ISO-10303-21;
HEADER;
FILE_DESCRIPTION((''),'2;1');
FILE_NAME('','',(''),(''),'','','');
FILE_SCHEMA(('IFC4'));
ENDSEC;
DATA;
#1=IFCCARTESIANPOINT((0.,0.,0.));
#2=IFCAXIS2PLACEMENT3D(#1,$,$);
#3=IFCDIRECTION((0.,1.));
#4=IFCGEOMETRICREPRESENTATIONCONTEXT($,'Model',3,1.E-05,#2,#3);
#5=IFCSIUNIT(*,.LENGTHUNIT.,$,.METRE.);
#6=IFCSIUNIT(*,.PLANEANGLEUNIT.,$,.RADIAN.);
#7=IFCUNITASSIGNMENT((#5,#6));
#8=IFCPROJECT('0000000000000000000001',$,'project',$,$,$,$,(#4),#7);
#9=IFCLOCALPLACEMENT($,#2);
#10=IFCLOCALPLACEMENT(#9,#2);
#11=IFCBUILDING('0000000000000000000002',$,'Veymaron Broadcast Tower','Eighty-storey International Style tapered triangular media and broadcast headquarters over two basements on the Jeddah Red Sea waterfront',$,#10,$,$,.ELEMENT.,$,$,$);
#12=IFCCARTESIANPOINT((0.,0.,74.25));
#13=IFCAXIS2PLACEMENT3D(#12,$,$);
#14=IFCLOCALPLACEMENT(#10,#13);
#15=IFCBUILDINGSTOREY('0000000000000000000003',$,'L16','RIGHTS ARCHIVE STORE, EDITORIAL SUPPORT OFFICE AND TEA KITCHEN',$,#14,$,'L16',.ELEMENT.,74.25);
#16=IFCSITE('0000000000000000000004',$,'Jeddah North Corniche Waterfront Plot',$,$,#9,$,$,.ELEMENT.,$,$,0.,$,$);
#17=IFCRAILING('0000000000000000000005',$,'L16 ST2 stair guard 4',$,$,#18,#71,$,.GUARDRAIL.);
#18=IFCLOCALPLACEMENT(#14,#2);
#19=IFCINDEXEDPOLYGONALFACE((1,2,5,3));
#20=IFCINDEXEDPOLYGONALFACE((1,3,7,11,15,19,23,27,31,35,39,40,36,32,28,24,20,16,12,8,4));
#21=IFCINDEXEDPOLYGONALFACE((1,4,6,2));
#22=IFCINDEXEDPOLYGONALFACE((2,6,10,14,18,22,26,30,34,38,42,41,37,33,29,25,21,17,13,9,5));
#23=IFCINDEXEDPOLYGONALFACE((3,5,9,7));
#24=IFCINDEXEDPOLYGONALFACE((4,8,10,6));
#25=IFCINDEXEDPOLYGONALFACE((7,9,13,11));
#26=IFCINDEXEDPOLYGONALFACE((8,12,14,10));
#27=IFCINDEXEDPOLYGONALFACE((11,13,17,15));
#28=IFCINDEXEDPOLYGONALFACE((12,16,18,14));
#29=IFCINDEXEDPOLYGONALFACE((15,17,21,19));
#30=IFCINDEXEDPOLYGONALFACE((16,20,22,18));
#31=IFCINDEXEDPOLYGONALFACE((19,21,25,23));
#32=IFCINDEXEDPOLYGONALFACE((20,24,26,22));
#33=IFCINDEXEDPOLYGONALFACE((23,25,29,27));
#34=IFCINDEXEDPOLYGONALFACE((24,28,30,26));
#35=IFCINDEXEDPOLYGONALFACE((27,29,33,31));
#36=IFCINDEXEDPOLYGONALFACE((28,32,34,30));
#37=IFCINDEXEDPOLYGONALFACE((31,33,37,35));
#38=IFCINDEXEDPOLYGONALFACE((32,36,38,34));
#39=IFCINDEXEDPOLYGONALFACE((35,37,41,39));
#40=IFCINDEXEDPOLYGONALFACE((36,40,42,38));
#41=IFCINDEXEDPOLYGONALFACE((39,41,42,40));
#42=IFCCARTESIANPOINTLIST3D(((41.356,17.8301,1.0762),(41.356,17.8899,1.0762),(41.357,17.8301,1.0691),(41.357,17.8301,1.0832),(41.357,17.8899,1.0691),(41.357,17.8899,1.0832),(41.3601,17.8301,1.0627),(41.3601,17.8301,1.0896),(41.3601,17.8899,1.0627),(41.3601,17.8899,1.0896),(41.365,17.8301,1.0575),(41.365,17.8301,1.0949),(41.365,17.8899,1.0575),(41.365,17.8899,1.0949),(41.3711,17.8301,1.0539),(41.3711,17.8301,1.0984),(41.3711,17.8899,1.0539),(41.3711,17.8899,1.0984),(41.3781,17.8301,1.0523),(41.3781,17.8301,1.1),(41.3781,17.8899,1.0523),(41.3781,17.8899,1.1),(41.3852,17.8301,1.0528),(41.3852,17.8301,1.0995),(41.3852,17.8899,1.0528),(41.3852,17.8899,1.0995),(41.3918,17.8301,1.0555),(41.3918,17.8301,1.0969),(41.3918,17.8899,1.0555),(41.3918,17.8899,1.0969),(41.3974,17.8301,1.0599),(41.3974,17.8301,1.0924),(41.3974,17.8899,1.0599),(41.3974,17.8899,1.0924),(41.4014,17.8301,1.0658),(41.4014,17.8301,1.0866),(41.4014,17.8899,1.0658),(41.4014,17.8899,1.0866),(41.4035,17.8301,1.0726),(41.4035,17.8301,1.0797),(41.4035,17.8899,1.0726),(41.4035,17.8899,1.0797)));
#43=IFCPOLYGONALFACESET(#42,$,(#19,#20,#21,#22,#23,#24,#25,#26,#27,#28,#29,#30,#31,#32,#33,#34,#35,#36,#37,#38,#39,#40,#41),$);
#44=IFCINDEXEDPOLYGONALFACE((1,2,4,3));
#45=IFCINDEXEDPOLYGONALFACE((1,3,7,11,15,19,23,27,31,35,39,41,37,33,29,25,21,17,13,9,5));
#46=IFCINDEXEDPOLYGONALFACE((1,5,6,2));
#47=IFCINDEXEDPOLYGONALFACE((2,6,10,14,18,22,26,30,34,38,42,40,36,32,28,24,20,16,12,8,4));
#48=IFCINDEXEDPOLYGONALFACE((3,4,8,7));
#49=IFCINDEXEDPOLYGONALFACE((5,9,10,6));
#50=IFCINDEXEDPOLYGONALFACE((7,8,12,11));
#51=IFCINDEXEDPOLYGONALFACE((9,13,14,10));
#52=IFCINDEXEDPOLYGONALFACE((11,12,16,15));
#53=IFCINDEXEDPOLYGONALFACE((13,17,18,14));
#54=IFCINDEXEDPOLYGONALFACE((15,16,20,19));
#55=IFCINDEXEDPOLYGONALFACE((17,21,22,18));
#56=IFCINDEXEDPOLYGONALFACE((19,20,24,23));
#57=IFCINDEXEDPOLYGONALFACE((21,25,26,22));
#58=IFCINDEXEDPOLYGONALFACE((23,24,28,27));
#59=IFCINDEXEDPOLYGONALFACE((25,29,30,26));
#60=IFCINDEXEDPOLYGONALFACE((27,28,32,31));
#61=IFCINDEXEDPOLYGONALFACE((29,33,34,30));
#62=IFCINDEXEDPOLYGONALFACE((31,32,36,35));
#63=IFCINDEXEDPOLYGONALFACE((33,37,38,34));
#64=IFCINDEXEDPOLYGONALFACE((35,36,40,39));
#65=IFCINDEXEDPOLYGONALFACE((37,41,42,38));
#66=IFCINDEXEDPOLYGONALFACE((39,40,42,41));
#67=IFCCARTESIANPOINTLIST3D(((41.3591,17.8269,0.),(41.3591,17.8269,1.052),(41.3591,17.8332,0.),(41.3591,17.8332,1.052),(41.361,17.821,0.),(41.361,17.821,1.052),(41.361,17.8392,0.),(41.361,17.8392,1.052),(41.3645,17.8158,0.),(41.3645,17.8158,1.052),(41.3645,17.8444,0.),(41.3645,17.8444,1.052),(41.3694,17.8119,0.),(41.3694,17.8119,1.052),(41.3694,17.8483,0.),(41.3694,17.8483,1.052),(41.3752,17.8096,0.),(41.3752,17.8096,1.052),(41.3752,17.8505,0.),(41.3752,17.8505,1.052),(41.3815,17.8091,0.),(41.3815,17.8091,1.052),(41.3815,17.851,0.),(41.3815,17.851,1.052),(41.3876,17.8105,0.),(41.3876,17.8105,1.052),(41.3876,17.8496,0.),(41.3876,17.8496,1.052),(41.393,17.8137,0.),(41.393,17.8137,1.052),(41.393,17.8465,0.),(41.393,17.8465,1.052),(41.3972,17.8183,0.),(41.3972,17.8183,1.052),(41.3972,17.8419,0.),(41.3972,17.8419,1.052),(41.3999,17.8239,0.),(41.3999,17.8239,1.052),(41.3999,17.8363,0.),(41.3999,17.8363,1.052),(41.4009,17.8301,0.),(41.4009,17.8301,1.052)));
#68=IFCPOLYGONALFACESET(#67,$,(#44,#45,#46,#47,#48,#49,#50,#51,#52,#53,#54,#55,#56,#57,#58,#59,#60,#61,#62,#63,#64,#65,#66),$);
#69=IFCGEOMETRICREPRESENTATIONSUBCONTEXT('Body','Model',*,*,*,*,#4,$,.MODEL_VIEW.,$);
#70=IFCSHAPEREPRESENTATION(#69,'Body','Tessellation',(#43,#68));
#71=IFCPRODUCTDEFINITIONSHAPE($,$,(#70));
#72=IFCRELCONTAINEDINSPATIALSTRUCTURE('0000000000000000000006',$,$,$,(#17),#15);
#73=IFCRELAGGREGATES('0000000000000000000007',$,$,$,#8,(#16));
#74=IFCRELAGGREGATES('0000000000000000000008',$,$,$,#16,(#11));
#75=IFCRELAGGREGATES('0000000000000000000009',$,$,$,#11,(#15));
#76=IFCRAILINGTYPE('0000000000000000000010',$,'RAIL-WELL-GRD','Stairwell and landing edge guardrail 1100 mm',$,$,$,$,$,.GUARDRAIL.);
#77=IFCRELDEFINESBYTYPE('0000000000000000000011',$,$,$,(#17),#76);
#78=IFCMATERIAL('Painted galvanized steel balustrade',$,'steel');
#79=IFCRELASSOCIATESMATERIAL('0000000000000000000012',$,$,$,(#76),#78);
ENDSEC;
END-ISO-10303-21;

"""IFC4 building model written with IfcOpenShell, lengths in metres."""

from ifc_helpers import new_model, si_unit, direction, frame, origin, origin_2d, place, context, subcontext, project, spatial, circle, extrude, material, type_object, element, save


model = new_model("IFC4")

# Units and contexts
model_context = context("Model", 3, precision=1e-05, world=origin(), true_north=direction((0.0, 1.0)))
body_context = subcontext(model_context, "Body", "Model", "MODEL_VIEW")
ifc_project = project(units=[si_unit("LENGTHUNIT", "METRE"), si_unit("PLANEANGLEUNIT", "RADIAN")], contexts=[model_context])

# Site, building, storey
site_placement = place(None, origin())
site = spatial("IfcSite", under=ifc_project, at=site_placement, Name="Jeddah North Corniche Waterfront Plot", CompositionType="ELEMENT", RefElevation=0.0)
building_placement = place(site_placement, origin())
building = spatial("IfcBuilding", under=site, at=building_placement, Name="Veymaron Broadcast Tower", Description="Eighty-storey International Style tapered triangular media and broadcast headquarters over two basements on the Jeddah Red Sea waterfront", CompositionType="ELEMENT")
storey_placement = place(building_placement, frame((0.0, 0.0, 74.25)))
storey = spatial("IfcBuildingStorey", under=building, at=storey_placement, Name="L16", Description="RIGHTS ARCHIVE STORE, EDITORIAL SUPPORT OFFICE AND TEA KITCHEN", LongName="L16", CompositionType="ELEMENT", Elevation=74.25)

# Railing
ifc_material_1 = material(Name="Painted galvanized steel balustrade", Category="steel")
railing_type_1 = type_object("IfcRailingType", Name="RAIL-WELL-GRD", Description="Stairwell and landing edge guardrail 1100 mm", PredefinedType="GUARDRAIL", material=ifc_material_1)
railing_1_placement = place(storey_placement, frame((41.3799, 17.8301, 0.0)))
element("IfcRailing", 1, at=railing_1_placement, inside=storey, type_object=railing_type_1, Name="L16 ST2 stair guard 4", PredefinedType="GUARDRAIL", context=body_context, shape_type="SweptSolid", body=[
    extrude(circle(Radius=0.0239, at=origin_2d()), frame((0.0, 0.0, 1.0762), z_axis=(0.0, 1.0, 0.0), x_axis=(-1.0, 0.0, 0.0)), (0.0, 0.0, 1.0), 0.0598),
    extrude(circle(Radius=0.021, at=origin_2d()), origin(), (0.0, 0.0, 1.0), 1.052),
])

save(model, "model.ifc")
